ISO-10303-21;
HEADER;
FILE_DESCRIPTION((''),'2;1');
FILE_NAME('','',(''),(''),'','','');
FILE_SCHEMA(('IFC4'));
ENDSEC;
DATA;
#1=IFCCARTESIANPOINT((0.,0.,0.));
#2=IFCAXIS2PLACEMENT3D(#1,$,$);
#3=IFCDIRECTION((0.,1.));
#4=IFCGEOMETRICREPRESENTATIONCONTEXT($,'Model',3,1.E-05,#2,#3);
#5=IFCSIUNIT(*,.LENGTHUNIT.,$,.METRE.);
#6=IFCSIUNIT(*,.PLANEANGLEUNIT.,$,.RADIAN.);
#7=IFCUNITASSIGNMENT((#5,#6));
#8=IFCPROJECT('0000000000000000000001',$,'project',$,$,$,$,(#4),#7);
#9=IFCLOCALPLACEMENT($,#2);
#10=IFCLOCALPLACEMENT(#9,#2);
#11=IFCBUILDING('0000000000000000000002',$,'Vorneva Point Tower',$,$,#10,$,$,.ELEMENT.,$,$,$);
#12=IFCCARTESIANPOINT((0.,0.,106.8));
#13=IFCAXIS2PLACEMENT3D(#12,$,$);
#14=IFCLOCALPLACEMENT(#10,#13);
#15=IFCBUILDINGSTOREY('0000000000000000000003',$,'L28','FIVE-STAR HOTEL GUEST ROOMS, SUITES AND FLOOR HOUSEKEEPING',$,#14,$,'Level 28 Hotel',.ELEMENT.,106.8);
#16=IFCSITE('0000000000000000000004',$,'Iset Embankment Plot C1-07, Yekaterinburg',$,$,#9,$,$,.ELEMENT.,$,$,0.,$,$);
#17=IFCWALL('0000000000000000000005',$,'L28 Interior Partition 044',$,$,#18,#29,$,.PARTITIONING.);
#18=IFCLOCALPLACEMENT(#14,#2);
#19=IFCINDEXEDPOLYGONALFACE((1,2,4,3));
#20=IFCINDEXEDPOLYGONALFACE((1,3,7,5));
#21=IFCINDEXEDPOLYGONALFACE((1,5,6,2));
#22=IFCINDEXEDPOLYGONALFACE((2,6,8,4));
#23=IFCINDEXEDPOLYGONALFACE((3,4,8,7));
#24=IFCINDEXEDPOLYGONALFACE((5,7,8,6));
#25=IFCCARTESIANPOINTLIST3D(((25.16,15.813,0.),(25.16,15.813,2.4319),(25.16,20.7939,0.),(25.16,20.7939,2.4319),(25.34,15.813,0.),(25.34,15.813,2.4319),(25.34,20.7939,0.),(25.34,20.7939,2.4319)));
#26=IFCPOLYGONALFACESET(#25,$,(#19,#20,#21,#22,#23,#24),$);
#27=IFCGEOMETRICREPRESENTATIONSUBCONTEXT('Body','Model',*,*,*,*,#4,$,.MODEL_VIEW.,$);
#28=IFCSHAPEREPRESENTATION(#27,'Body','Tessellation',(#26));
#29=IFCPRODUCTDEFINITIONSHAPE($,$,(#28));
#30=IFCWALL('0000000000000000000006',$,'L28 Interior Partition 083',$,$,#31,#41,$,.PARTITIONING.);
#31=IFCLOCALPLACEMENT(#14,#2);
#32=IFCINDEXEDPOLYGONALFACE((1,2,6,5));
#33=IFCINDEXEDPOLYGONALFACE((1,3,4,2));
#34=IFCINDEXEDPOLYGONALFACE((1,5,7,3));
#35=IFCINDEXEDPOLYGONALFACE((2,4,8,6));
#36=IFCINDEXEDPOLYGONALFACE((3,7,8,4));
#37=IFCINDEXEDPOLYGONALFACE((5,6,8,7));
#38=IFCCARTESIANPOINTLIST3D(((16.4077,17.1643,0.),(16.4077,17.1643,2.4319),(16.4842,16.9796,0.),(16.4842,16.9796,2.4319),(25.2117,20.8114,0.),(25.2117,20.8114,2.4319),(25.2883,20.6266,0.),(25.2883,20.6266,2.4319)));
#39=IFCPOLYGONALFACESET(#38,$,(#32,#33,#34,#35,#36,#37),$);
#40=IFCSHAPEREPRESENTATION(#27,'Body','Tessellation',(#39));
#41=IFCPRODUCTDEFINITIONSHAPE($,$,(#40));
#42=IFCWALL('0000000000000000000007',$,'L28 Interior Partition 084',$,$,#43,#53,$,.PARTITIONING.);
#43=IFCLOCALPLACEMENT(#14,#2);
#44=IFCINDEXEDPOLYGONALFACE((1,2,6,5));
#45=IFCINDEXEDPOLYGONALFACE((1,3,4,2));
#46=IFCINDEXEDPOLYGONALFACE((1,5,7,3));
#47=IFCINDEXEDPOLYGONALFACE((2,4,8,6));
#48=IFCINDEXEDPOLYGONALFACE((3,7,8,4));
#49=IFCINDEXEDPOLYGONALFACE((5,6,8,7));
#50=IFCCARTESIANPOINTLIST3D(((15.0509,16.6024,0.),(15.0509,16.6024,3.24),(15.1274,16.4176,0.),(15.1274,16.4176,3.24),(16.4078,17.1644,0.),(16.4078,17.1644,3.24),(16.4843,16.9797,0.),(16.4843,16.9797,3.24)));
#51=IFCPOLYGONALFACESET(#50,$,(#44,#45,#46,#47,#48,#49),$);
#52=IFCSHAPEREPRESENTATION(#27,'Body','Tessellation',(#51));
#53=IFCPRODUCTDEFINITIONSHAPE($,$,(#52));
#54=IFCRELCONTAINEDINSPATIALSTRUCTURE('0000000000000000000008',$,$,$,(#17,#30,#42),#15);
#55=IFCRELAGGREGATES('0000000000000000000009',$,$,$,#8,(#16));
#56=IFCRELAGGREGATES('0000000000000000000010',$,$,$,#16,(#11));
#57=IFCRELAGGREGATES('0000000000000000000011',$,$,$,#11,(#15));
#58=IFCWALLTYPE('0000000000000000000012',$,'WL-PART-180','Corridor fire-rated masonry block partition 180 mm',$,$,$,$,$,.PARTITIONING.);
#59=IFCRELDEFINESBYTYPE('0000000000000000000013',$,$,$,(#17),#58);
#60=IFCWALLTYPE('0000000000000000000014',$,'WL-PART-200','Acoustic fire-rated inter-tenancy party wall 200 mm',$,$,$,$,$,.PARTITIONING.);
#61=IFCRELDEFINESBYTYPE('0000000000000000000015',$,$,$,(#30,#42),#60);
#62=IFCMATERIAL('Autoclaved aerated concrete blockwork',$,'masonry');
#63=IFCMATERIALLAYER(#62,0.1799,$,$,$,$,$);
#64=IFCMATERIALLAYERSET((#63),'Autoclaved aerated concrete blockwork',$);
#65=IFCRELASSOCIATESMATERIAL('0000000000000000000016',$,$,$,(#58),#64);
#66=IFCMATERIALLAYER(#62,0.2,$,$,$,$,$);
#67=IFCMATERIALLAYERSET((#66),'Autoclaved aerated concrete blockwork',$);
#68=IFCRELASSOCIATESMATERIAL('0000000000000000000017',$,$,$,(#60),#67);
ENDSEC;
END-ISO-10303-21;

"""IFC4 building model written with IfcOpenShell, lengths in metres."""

from ifc_helpers import new_model, si_unit, direction, frame, frame_2d, origin, place, context, subcontext, project, spatial, rectangle, extrude, material, layer, layer_set, type_object, element, save


model = new_model("IFC4")

# Units and contexts
model_context = context("Model", 3, precision=1e-05, world=origin(), true_north=direction((0.0, 1.0)))
body_context = subcontext(model_context, "Body", "Model", "MODEL_VIEW")
ifc_project = project(units=[si_unit("LENGTHUNIT", "METRE"), si_unit("PLANEANGLEUNIT", "RADIAN")], contexts=[model_context])

# Site, building, storey
site_placement = place(None, origin())
site = spatial("IfcSite", under=ifc_project, at=site_placement, Name="Iset Embankment Plot C1-07, Yekaterinburg", CompositionType="ELEMENT", RefElevation=0.0)
building_placement = place(site_placement, origin())
building = spatial("IfcBuilding", under=site, at=building_placement, Name="Vorneva Point Tower", CompositionType="ELEMENT")
storey_placement = place(building_placement, frame((0.0, 0.0, 106.8)))
storey = spatial("IfcBuildingStorey", under=building, at=storey_placement, Name="L28", Description="FIVE-STAR HOTEL GUEST ROOMS, SUITES AND FLOOR HOUSEKEEPING", LongName="Level 28 Hotel", CompositionType="ELEMENT", Elevation=106.8)

# Walls
ifc_material_1 = material(Name="Autoclaved aerated concrete blockwork", Category="masonry")
ifc_layer_1 = layer(ifc_material_1, 0.1799)
ifc_layer_set_1 = layer_set([ifc_layer_1], Name="Autoclaved aerated concrete blockwork")
wall_type_1 = type_object("IfcWallType", Name="WL-PART-180", Description="Corridor fire-rated masonry block partition 180 mm", PredefinedType="PARTITIONING", material=ifc_layer_set_1)
wall_1_placement = place(storey_placement, frame((25.25, 20.7939, 0.0), z_axis=(0.0, 0.0, 1.0), x_axis=(0.0, -1.0, 0.0)))
element("IfcWall", 1, at=wall_1_placement, inside=storey, type_object=wall_type_1, Name="L28 Interior Partition 044", PredefinedType="PARTITIONING", context=body_context, shape_type="SweptSolid", body=[
    extrude(rectangle(XDim=4.981, YDim=0.1799, at=frame_2d((2.4905, 0.0))), origin(), (0.0, 0.0, 1.0), 2.4319),
])
ifc_layer_2 = layer(ifc_material_1, 0.2)
ifc_layer_set_2 = layer_set([ifc_layer_2], Name="Autoclaved aerated concrete blockwork")
wall_type_2 = type_object("IfcWallType", Name="WL-PART-200", Description="Acoustic fire-rated inter-tenancy party wall 200 mm", PredefinedType="PARTITIONING", material=ifc_layer_set_2)
wall_2_placement = place(storey_placement, frame((16.446, 17.072, 0.0), z_axis=(0.0, 0.0, 1.0), x_axis=(0.92387, 0.382706, 0.0)))
element("IfcWall", 2, at=wall_2_placement, inside=storey, type_object=wall_type_2, Name="L28 Interior Partition 083", PredefinedType="PARTITIONING", context=body_context, shape_type="SweptSolid", body=[
    extrude(rectangle(XDim=9.5295, YDim=0.2, at=frame_2d((4.7646, 0.0))), origin(), (0.0, 0.0, 1.0), 2.4319),
])
wall_3_placement = place(storey_placement, frame((15.0891, 16.51, 0.0), z_axis=(0.0, 0.0, 1.0), x_axis=(0.923891, 0.382655, 0.0)))
element("IfcWall", 3, at=wall_3_placement, inside=storey, type_object=wall_type_2, Name="L28 Interior Partition 084", PredefinedType="PARTITIONING", context=body_context, shape_type="SweptSolid", body=[
    extrude(rectangle(XDim=1.4688, YDim=0.2, at=frame_2d((0.7344, 0.0))), origin(), (0.0, 0.0, 1.0), 3.24),
])

save(model, "model.ifc")
